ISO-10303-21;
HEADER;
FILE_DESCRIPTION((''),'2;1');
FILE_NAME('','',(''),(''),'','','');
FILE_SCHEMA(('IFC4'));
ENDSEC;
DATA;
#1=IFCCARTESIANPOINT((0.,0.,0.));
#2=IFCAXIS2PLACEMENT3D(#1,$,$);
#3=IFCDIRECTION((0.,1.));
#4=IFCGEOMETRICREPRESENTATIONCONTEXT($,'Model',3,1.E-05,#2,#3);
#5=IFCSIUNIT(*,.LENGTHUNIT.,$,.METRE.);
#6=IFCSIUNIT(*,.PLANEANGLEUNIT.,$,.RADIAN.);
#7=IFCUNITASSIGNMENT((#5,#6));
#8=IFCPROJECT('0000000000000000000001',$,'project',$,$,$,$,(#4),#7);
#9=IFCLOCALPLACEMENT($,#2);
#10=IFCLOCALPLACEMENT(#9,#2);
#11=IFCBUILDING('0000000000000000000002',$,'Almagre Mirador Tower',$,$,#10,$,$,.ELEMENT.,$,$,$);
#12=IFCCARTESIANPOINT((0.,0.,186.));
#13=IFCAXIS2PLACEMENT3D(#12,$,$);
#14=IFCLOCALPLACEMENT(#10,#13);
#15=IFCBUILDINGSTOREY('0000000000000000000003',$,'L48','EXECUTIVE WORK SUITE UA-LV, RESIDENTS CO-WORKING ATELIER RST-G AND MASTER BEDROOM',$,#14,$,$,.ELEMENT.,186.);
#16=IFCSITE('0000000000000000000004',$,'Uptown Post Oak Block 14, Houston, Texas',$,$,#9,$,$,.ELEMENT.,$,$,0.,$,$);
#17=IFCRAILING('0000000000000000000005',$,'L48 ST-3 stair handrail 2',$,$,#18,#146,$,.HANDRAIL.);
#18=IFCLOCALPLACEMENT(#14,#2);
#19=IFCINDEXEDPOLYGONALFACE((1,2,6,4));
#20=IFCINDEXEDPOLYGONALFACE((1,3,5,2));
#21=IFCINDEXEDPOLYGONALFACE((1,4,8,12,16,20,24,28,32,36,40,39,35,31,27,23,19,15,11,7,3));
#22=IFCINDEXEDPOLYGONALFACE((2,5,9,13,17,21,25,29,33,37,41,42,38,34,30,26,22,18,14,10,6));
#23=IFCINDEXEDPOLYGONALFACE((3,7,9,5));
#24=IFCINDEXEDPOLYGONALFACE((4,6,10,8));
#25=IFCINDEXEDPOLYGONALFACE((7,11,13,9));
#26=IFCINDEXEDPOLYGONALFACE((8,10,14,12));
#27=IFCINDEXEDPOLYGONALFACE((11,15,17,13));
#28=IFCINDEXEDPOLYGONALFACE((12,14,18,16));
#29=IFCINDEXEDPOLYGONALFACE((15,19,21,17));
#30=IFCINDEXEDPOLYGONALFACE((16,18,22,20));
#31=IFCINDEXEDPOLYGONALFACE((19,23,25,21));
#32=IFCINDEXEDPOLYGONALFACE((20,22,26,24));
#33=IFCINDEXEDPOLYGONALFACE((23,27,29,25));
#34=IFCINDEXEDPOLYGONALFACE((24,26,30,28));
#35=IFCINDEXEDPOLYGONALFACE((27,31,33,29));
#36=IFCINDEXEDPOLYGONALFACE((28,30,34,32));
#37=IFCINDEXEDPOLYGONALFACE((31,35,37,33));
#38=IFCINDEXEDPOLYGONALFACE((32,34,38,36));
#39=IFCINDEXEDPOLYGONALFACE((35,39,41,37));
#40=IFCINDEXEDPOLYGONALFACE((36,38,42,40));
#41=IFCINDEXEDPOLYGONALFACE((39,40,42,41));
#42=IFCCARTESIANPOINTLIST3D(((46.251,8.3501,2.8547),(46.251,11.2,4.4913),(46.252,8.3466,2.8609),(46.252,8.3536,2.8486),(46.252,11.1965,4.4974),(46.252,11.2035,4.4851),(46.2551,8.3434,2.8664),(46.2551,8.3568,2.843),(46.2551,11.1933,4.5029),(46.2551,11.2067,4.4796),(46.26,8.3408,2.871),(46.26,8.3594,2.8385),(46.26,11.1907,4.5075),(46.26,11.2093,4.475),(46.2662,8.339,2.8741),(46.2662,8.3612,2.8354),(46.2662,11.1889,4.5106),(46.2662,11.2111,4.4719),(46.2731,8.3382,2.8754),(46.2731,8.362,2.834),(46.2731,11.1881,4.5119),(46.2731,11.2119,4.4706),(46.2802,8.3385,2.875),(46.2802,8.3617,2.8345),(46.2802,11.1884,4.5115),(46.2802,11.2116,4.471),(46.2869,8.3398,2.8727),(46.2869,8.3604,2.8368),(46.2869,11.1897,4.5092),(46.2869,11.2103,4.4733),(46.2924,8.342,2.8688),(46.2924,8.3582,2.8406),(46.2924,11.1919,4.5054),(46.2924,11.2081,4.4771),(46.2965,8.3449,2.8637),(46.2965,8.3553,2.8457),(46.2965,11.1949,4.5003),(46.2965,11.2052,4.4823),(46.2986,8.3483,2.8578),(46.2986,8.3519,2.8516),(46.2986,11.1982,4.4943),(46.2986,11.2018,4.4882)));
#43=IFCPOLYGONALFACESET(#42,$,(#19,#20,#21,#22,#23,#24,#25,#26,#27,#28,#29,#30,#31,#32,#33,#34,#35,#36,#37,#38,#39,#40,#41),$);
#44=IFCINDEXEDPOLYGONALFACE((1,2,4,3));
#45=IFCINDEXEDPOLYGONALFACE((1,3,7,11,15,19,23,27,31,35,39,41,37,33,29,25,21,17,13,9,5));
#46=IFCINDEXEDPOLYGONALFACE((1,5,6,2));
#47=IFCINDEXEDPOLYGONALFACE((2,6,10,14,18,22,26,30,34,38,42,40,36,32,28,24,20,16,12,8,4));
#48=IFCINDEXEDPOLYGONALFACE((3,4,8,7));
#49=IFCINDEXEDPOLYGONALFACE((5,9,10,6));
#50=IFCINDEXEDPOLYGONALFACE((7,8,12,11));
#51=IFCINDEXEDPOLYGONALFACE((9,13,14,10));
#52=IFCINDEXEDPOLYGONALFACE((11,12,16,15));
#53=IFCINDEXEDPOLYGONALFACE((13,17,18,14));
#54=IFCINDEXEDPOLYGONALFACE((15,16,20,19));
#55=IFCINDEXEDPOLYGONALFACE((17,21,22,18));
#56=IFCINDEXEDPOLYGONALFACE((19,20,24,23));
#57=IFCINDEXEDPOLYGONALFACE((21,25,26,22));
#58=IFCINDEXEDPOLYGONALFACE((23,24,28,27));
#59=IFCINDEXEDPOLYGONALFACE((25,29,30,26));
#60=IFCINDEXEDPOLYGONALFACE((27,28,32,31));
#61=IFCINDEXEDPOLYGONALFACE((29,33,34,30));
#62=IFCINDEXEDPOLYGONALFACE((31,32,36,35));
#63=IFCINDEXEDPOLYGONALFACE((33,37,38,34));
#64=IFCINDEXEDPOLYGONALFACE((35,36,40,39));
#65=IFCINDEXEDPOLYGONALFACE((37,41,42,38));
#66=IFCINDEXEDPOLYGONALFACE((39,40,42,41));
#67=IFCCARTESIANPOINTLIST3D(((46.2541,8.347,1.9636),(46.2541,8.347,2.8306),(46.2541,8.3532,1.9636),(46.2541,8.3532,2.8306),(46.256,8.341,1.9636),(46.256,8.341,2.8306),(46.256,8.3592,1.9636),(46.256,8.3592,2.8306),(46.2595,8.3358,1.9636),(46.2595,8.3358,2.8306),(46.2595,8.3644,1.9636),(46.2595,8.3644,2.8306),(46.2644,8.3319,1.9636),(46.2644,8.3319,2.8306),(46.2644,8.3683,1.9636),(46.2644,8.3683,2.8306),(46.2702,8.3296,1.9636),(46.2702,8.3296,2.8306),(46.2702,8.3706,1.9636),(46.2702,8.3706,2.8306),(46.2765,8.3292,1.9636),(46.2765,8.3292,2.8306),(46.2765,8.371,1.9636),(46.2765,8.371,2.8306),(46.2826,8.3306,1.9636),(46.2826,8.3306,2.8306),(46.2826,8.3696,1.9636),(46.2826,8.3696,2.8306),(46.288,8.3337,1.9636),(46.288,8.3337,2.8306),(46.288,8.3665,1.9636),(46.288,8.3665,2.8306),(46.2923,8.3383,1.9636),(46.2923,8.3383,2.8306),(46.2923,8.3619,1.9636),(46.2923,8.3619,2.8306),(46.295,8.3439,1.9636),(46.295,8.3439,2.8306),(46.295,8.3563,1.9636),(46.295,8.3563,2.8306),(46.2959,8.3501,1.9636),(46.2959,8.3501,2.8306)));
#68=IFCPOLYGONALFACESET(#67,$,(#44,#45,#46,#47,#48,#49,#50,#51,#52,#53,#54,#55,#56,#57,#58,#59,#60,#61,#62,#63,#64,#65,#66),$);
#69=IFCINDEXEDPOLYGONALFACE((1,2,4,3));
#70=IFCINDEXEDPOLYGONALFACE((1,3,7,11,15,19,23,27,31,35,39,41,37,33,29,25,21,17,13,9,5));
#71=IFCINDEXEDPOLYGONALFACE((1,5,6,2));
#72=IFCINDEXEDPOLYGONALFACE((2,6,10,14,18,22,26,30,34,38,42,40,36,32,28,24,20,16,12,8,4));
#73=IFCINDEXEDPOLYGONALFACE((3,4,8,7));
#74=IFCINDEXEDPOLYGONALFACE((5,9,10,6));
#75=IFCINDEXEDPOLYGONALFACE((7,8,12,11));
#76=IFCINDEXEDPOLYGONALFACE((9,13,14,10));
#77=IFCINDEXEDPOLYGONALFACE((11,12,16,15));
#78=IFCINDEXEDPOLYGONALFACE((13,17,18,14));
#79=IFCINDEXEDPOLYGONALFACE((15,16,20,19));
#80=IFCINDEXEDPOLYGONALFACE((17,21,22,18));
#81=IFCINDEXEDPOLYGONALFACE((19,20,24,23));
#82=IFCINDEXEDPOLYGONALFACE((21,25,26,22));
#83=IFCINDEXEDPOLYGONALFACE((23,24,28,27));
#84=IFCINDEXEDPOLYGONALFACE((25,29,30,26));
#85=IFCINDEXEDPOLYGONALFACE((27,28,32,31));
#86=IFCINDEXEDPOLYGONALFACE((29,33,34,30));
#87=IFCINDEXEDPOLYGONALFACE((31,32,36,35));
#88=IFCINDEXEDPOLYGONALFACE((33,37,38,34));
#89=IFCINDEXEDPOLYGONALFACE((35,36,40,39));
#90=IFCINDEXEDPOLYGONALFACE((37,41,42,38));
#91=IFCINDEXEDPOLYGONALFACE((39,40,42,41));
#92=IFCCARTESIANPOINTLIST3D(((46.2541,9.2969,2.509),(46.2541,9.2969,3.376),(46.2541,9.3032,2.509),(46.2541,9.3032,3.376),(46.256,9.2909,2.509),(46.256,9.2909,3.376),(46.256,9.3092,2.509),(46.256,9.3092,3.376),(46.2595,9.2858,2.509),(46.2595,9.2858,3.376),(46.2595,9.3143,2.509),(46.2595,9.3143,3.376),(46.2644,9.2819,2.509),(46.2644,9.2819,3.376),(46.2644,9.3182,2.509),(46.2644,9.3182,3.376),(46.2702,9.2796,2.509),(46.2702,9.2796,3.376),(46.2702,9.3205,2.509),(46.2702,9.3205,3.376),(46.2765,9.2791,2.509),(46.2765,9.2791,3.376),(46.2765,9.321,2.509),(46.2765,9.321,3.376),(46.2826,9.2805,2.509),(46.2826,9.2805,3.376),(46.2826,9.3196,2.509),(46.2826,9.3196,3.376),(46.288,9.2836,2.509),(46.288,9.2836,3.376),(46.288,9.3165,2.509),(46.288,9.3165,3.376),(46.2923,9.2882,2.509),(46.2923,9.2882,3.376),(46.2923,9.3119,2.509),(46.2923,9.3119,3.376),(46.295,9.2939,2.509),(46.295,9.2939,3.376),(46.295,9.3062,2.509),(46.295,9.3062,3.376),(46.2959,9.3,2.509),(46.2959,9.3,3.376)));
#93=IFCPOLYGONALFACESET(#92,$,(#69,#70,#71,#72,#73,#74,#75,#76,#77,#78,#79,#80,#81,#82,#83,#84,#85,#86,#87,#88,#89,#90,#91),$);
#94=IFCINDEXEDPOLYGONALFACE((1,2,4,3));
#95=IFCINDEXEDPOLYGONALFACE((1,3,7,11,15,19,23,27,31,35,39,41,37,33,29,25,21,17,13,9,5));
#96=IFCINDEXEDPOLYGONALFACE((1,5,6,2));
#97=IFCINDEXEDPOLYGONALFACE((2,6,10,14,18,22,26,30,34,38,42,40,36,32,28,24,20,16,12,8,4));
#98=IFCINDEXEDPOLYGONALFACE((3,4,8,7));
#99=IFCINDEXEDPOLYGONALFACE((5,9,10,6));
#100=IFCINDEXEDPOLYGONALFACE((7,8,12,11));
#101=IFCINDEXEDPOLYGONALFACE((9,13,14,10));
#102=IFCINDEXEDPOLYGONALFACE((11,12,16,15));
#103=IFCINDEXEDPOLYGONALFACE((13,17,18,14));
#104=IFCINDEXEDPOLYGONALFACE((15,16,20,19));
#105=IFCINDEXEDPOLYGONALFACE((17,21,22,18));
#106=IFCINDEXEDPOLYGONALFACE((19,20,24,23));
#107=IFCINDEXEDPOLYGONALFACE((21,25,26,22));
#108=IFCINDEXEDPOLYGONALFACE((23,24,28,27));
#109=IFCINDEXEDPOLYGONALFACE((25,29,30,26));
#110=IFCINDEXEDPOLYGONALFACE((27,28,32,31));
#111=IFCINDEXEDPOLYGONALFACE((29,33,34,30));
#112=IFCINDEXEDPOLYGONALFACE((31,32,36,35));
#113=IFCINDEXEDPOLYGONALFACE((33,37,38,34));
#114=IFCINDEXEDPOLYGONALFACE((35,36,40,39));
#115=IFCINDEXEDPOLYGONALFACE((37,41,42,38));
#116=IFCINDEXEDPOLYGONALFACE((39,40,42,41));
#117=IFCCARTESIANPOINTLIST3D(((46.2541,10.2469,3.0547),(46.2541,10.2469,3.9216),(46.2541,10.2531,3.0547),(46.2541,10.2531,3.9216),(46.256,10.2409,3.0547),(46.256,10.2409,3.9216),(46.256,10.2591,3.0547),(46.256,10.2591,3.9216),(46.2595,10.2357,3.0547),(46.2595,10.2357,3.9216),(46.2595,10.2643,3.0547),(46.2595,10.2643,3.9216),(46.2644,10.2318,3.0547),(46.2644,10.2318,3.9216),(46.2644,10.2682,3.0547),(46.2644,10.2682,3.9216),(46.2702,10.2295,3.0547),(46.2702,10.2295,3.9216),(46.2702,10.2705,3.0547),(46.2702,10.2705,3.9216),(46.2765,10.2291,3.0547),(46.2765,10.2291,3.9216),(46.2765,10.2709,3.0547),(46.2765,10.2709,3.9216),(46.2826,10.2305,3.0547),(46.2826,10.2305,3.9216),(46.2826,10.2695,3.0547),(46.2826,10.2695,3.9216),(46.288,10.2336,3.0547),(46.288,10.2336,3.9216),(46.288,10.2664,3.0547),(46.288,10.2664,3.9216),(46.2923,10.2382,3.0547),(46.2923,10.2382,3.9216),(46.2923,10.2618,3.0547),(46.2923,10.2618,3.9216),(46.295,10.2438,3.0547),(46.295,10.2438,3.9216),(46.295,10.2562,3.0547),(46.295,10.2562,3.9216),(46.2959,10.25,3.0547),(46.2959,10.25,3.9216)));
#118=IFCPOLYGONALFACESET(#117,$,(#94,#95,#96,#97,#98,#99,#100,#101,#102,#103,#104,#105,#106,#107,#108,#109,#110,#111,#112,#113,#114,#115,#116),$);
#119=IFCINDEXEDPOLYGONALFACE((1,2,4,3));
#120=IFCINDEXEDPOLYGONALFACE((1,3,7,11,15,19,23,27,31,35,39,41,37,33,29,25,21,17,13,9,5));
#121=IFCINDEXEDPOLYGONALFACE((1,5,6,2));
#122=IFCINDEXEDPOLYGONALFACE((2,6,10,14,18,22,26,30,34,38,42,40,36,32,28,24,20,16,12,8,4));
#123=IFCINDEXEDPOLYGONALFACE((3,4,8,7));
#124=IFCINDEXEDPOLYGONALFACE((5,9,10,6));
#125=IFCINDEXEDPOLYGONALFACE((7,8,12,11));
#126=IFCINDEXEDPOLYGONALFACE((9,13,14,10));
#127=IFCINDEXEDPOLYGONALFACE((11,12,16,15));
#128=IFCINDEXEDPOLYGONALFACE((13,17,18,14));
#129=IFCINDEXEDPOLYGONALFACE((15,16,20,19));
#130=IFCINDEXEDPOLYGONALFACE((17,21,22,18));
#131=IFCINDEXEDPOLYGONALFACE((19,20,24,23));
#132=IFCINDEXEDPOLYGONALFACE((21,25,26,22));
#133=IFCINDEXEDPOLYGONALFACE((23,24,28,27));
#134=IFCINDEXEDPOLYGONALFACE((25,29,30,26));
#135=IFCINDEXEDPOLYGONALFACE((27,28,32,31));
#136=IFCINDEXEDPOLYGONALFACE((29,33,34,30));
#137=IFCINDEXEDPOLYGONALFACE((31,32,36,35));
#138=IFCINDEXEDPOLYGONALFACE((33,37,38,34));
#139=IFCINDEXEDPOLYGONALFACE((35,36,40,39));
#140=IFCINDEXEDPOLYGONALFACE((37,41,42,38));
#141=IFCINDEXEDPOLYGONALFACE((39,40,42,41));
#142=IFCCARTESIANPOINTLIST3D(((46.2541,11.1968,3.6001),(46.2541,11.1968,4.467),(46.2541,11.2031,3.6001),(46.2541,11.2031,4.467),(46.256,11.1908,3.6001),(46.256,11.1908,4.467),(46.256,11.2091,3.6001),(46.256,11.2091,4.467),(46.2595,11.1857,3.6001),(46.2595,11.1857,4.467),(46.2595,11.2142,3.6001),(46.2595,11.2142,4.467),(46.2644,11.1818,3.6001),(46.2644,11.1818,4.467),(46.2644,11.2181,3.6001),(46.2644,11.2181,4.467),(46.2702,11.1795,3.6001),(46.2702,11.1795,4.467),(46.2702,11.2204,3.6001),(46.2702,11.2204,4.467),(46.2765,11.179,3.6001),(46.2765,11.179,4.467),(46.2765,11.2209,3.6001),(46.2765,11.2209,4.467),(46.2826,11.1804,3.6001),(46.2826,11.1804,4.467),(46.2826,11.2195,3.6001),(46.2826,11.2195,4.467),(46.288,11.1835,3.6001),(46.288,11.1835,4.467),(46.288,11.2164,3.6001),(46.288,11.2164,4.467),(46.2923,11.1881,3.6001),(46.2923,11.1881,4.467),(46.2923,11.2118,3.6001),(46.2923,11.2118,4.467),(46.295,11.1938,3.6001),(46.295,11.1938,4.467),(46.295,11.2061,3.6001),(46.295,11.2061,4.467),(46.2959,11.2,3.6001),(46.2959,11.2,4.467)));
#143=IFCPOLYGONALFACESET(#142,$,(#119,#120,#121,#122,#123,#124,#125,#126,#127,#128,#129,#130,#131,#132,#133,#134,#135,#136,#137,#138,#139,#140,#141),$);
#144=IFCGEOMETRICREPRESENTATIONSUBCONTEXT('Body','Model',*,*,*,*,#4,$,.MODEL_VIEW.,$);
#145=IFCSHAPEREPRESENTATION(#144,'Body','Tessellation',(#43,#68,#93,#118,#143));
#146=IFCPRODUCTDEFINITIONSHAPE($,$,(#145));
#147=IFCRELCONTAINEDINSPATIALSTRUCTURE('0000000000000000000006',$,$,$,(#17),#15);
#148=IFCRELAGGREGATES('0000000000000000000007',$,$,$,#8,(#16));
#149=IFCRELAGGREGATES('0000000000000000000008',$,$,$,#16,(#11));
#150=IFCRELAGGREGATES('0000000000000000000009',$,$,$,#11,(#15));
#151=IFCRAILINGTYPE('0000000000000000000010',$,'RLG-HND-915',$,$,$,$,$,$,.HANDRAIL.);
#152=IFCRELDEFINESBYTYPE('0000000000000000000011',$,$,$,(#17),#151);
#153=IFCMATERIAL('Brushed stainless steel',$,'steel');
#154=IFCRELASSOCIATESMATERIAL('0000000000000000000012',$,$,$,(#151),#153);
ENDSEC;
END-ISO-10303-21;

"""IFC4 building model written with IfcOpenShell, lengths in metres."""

from ifc_helpers import new_model, si_unit, direction, frame, origin, origin_2d, place, context, subcontext, project, spatial, circle, extrude, material, type_object, element, save


model = new_model("IFC4")

# Units and contexts
model_context = context("Model", 3, precision=1e-05, world=origin(), true_north=direction((0.0, 1.0)))
body_context = subcontext(model_context, "Body", "Model", "MODEL_VIEW")
ifc_project = project(units=[si_unit("LENGTHUNIT", "METRE"), si_unit("PLANEANGLEUNIT", "RADIAN")], contexts=[model_context])

# Site, building, storey
site_placement = place(None, origin())
site = spatial("IfcSite", under=ifc_project, at=site_placement, Name="Uptown Post Oak Block 14, Houston, Texas", CompositionType="ELEMENT", RefElevation=0.0)
building_placement = place(site_placement, origin())
building = spatial("IfcBuilding", under=site, at=building_placement, Name="Almagre Mirador Tower", CompositionType="ELEMENT")
storey_placement = place(building_placement, frame((0.0, 0.0, 186.0)))
storey = spatial("IfcBuildingStorey", under=building, at=storey_placement, Name="L48", Description="EXECUTIVE WORK SUITE UA-LV, RESIDENTS CO-WORKING ATELIER RST-G AND MASTER BEDROOM", CompositionType="ELEMENT", Elevation=186.0)

# Railing
ifc_material_1 = material(Name="Brushed stainless steel", Category="steel")
railing_type_1 = type_object("IfcRailingType", Name="RLG-HND-915", PredefinedType="HANDRAIL", material=ifc_material_1)
railing_1_placement = place(storey_placement, frame((46.2749, 8.3501, 1.9636)))
element("IfcRailing", 1, at=railing_1_placement, inside=storey, type_object=railing_type_1, Name="L48 ST-3 stair handrail 2", PredefinedType="HANDRAIL", context=body_context, shape_type="SweptSolid", body=[
    extrude(circle(Radius=0.0239, at=origin_2d()), frame((0.0, 0.0, 0.8911), z_axis=(0.0, 0.867194, 0.49797), x_axis=(-1.0, 0.0, 0.0)), (0.0, 0.0, 1.0), 3.2864),
    extrude(circle(Radius=0.021, at=origin_2d()), origin(), (0.0, 0.0, 1.0), 0.8669),
    extrude(circle(Radius=0.021, at=origin_2d()), frame((0.0, 0.95, 0.5454)), (0.0, 0.0, 1.0), 0.8669),
    extrude(circle(Radius=0.021, at=origin_2d()), frame((0.0, 1.8999, 1.0911)), (0.0, 0.0, 1.0), 0.8669),
    extrude(circle(Radius=0.021, at=origin_2d()), frame((0.0, 2.8499, 1.6365)), (0.0, 0.0, 1.0), 0.8669),
])

save(model, "model.ifc")
